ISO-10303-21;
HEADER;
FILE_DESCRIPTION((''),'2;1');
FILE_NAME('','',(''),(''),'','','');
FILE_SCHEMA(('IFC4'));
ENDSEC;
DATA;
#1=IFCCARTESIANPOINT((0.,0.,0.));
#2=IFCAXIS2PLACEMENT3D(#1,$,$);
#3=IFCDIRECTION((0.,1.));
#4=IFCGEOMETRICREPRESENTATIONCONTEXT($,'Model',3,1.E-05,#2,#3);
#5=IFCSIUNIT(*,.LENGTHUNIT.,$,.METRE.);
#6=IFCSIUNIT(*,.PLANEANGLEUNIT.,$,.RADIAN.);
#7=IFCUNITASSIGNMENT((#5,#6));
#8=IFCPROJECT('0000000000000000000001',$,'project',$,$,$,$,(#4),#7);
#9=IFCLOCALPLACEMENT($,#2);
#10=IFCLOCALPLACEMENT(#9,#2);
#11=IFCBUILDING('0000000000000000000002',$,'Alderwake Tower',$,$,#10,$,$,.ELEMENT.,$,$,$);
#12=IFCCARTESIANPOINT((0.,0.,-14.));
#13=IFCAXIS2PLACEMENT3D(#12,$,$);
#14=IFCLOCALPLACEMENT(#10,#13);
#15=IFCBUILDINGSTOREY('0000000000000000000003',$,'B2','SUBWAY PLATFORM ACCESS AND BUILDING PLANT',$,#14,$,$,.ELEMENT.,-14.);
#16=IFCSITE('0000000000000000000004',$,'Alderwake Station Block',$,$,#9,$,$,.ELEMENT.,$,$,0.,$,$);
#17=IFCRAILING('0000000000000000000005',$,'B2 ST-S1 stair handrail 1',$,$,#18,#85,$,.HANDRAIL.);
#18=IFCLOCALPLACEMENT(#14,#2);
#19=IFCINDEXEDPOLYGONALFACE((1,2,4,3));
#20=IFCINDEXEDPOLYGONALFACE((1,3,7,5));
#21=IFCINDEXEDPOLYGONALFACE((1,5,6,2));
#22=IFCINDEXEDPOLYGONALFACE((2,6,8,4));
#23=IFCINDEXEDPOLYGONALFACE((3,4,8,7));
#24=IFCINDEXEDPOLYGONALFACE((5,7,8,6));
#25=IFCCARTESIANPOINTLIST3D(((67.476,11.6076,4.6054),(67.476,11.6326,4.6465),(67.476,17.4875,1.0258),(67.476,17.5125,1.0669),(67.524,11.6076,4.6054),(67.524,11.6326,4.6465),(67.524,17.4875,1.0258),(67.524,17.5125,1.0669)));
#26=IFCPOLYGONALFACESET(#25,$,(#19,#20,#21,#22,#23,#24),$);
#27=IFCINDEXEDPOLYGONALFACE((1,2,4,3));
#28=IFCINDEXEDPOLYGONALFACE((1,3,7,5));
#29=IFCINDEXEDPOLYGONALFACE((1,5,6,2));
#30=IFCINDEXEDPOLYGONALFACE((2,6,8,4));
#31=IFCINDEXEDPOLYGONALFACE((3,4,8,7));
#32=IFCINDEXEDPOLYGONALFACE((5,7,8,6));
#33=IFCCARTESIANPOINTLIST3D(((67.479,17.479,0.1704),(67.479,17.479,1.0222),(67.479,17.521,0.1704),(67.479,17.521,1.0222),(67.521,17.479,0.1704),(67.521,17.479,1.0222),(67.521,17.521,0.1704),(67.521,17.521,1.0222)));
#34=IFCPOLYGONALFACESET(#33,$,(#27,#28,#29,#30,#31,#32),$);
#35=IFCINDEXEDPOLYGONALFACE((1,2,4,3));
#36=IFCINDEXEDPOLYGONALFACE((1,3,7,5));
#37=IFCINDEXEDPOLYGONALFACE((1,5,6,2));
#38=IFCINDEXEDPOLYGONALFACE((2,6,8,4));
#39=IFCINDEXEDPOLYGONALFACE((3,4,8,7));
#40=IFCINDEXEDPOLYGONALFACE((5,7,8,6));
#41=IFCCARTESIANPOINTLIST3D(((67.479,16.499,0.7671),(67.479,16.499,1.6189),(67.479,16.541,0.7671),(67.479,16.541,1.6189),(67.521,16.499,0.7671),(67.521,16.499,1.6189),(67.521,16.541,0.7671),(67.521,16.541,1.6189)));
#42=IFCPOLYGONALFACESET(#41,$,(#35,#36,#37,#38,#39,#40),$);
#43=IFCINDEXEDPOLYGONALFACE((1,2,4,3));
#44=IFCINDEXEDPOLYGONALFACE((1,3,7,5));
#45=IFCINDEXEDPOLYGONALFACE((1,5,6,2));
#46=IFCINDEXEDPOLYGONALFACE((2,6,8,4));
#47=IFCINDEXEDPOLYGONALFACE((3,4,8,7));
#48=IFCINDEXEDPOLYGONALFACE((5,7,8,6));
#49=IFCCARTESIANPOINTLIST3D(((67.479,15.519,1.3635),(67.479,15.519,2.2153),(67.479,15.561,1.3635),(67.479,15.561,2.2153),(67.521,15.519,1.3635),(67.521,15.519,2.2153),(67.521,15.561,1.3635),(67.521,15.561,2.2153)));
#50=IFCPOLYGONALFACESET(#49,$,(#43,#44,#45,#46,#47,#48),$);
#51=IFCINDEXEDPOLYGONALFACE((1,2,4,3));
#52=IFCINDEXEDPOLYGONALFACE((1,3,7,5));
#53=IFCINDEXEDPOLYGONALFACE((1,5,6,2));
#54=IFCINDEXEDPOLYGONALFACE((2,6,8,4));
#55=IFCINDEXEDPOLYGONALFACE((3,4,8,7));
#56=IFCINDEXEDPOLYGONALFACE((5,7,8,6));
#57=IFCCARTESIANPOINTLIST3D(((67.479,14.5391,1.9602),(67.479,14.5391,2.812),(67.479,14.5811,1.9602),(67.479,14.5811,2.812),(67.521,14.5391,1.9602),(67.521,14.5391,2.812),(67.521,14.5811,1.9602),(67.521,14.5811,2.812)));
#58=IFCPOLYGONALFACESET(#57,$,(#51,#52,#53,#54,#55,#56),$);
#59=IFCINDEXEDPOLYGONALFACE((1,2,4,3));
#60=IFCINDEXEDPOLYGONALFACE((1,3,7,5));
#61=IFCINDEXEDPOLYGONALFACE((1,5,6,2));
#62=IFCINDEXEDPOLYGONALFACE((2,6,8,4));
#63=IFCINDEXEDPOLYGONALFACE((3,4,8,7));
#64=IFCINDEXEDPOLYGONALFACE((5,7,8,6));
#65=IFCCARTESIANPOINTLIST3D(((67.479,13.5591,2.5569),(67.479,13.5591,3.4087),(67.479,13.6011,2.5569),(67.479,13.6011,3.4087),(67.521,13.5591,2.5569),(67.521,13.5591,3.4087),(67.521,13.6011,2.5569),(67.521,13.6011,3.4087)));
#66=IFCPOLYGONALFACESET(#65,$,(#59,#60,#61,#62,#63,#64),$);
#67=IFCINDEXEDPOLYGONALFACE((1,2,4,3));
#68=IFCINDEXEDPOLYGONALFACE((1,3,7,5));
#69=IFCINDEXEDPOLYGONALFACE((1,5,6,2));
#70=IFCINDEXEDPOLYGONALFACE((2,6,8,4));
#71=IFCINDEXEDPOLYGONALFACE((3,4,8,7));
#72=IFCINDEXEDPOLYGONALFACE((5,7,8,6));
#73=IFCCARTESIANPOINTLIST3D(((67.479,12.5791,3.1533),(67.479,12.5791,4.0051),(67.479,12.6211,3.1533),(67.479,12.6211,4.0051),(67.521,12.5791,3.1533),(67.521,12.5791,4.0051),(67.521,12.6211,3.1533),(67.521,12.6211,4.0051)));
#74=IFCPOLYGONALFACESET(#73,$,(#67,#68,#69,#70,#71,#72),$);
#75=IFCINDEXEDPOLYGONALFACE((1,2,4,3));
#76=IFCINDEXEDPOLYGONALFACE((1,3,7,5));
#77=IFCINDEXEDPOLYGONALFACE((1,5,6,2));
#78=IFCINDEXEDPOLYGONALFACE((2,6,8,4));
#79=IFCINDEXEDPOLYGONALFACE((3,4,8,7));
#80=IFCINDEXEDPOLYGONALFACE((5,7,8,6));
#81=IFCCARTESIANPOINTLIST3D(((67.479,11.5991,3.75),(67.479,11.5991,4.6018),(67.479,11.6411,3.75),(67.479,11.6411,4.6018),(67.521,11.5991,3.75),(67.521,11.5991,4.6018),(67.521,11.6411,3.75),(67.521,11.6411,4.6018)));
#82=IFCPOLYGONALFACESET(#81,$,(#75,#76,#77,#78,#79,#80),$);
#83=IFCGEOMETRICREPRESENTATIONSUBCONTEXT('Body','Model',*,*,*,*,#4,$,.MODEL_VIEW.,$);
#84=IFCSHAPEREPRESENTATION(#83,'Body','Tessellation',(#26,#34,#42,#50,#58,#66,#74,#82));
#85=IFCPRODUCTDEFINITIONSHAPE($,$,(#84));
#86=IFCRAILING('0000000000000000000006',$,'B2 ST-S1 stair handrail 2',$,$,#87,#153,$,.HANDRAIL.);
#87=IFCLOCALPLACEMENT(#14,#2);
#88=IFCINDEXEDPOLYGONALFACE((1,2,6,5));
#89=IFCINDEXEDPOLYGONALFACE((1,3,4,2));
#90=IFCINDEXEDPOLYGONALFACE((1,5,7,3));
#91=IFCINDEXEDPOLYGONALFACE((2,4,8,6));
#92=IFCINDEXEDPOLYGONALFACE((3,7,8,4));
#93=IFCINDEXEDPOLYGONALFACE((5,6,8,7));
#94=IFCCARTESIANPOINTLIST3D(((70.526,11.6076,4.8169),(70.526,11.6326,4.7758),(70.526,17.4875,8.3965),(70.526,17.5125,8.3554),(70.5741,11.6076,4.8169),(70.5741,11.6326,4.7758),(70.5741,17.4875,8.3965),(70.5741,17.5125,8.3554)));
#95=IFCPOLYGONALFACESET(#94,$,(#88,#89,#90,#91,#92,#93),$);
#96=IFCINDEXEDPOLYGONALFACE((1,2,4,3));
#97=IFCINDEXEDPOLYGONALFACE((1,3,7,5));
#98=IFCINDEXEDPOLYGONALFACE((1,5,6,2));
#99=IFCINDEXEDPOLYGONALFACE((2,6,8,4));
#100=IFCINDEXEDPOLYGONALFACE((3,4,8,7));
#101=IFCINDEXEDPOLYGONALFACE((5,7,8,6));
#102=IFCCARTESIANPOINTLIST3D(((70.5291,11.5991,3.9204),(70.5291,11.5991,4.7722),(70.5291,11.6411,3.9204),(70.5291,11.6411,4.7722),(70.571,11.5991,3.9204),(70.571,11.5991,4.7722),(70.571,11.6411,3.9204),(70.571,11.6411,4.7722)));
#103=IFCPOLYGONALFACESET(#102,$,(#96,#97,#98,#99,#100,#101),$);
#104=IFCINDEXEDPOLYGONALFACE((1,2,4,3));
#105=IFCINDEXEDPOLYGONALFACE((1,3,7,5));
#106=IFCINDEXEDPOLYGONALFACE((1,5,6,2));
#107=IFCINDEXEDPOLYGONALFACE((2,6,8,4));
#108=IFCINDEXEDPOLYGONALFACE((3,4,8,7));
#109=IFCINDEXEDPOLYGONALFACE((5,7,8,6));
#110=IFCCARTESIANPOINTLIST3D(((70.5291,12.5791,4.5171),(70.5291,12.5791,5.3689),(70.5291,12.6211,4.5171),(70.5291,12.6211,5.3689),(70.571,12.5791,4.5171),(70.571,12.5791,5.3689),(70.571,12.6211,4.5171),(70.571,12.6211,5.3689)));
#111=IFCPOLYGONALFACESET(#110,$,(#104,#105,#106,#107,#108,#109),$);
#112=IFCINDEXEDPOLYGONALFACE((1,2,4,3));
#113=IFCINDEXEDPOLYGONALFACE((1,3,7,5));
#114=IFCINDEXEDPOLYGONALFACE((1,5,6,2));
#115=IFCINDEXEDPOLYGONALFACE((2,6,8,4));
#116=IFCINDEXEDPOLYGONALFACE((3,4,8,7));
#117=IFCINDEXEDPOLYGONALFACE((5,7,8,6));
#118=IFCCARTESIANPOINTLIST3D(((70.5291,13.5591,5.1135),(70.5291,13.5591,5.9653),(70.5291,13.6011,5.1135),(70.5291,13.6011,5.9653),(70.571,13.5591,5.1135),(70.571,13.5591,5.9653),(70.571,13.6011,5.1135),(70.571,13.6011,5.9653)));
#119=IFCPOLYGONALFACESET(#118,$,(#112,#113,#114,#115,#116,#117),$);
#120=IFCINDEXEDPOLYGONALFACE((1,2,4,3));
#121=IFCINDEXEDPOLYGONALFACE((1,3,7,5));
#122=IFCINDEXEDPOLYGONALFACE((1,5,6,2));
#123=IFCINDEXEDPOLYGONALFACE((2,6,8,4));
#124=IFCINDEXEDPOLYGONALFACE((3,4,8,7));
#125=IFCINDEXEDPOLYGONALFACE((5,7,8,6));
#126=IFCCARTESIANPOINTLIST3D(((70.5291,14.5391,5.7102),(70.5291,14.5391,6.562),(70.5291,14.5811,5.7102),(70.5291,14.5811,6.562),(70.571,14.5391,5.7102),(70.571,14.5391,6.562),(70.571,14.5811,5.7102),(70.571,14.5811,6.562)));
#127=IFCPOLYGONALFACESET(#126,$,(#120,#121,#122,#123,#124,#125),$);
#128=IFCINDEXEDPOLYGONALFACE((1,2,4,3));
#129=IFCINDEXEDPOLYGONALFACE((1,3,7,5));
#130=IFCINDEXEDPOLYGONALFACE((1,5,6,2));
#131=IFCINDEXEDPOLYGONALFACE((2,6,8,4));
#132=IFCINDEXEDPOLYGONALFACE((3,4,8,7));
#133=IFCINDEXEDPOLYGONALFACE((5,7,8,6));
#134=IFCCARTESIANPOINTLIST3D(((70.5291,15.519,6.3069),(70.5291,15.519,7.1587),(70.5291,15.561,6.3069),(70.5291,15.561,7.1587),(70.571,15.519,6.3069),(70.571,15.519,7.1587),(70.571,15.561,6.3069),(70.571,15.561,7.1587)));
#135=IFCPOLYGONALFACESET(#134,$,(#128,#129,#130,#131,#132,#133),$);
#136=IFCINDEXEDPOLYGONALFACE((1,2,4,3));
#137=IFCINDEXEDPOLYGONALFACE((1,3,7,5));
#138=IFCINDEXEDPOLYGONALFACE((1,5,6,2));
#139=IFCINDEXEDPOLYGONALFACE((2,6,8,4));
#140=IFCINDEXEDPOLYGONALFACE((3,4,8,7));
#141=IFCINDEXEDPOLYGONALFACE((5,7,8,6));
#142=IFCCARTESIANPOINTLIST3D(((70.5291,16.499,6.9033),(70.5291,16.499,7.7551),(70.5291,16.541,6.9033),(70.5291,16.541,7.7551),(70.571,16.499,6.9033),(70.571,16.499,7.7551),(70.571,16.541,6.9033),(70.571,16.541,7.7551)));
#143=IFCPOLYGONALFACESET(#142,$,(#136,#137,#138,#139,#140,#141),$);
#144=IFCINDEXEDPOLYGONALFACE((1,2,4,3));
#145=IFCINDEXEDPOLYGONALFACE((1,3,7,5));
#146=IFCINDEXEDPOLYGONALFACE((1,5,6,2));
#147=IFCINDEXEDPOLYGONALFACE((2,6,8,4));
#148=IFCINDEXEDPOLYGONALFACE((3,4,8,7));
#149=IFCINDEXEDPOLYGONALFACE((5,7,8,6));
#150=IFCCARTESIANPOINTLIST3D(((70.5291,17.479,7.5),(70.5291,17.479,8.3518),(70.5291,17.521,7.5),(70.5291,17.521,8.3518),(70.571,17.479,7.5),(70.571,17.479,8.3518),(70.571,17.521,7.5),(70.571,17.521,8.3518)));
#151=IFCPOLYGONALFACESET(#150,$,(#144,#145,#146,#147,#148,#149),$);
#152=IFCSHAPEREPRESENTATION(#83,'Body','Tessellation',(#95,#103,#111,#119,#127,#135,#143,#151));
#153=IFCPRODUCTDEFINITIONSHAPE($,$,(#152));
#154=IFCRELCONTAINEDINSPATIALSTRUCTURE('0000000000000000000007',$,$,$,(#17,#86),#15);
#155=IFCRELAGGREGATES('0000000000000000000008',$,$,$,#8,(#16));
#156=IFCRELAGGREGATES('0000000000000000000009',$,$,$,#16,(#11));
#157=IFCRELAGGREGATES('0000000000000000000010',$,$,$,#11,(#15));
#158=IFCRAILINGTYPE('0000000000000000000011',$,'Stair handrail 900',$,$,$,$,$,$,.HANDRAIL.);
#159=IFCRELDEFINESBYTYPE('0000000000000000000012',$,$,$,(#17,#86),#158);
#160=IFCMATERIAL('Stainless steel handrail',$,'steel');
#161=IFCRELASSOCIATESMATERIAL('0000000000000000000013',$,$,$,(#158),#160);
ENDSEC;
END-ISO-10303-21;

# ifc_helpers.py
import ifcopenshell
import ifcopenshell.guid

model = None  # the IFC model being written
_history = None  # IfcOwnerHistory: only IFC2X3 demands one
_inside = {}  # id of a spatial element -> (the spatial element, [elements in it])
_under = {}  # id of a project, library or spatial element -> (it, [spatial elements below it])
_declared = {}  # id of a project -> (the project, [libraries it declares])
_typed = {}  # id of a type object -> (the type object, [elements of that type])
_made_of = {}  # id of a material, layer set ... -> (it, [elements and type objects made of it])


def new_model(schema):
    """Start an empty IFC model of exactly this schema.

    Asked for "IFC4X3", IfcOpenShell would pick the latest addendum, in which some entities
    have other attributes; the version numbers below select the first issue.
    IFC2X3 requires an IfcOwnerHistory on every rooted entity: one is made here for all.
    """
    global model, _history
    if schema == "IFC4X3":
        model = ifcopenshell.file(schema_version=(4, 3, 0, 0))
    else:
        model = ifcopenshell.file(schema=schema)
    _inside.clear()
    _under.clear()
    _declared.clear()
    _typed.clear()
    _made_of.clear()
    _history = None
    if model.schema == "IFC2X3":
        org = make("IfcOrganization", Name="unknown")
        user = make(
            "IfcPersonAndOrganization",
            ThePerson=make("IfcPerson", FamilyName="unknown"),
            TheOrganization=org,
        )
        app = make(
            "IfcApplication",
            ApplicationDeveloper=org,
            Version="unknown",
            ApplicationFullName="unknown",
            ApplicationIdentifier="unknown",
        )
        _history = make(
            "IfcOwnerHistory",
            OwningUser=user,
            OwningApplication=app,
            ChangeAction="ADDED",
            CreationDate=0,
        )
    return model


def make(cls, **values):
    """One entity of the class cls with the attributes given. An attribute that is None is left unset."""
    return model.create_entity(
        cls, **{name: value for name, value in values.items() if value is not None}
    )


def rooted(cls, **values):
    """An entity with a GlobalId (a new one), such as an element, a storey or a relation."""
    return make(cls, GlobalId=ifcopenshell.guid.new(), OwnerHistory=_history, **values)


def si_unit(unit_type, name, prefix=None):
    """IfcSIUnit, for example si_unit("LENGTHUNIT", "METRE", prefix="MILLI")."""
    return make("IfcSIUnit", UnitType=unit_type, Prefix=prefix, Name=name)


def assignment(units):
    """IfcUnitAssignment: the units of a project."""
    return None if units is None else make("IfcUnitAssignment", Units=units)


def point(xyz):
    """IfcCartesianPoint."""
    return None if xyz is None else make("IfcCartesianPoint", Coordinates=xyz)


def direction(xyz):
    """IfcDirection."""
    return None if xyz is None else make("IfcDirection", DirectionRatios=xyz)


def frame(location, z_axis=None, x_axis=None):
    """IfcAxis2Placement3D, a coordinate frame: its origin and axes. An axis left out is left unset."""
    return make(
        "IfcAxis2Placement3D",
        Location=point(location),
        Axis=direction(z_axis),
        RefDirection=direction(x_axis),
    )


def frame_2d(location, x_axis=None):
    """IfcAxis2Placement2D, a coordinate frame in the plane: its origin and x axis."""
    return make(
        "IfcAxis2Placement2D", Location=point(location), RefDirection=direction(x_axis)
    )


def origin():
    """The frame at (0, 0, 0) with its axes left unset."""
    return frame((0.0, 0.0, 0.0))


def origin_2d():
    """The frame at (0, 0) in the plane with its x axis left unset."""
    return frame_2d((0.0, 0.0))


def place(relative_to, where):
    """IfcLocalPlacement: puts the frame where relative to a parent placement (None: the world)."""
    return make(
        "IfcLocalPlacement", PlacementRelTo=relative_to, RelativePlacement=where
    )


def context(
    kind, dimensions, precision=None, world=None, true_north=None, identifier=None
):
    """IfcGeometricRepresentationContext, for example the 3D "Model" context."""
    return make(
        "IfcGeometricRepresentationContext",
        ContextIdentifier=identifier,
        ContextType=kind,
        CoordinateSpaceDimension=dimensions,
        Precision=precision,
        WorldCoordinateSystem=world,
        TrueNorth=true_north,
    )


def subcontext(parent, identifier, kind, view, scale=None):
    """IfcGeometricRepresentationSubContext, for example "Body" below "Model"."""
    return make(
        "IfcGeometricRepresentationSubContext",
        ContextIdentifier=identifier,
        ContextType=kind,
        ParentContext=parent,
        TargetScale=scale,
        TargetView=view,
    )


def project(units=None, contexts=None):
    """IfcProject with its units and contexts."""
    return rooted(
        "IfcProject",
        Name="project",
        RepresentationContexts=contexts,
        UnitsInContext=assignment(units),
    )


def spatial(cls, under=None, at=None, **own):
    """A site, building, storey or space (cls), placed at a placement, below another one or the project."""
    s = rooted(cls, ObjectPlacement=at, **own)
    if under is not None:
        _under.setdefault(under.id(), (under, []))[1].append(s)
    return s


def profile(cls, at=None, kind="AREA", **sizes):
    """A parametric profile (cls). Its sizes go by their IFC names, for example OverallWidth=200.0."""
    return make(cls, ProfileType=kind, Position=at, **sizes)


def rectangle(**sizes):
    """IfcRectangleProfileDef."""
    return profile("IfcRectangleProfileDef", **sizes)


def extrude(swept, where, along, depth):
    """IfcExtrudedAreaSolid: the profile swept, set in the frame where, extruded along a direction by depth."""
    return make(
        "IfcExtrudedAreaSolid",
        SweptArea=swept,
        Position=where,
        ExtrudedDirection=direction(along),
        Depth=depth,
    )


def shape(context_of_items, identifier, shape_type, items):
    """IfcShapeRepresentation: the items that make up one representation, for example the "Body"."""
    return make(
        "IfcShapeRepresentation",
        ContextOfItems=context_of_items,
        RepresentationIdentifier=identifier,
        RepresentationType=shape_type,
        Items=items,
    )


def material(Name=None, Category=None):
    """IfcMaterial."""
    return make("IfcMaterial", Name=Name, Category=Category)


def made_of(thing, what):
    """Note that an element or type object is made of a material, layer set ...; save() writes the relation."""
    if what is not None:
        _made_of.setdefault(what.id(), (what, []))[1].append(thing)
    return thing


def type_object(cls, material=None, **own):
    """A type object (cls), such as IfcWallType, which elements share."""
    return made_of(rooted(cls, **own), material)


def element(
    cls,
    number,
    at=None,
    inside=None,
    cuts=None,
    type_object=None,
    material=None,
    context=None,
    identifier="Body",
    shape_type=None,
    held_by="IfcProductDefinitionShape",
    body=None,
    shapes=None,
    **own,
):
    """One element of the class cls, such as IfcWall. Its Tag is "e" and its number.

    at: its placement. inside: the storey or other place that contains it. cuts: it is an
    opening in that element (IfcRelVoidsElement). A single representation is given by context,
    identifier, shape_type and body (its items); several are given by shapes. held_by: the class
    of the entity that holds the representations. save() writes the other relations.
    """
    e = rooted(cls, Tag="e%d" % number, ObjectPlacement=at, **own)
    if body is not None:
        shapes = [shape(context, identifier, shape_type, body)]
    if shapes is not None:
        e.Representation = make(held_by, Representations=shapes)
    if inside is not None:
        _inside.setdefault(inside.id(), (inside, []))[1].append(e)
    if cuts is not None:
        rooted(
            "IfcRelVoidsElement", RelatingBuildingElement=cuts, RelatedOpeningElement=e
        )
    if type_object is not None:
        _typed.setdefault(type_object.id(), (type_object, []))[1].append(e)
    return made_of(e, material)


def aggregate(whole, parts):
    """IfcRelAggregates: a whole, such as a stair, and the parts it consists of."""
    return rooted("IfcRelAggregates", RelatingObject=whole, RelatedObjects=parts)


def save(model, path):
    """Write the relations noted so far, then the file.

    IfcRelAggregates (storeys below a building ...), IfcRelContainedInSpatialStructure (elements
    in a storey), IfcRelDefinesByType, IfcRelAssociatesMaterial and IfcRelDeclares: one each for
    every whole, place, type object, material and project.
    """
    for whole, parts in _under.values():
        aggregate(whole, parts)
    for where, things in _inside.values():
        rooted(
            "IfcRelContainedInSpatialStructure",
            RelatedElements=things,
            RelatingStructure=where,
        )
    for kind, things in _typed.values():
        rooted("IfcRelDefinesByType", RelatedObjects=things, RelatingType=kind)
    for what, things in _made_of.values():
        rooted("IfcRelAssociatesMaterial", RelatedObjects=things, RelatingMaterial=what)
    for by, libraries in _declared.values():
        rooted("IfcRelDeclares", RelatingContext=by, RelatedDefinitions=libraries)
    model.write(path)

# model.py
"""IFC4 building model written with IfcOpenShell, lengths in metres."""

from ifc_helpers import new_model, si_unit, direction, frame, origin, origin_2d, place, context, subcontext, project, spatial, rectangle, extrude, material, type_object, element, save


model = new_model("IFC4")

# Units and contexts
model_context = context("Model", 3, precision=1e-05, world=origin(), true_north=direction((0.0, 1.0)))
body_context = subcontext(model_context, "Body", "Model", "MODEL_VIEW")
ifc_project = project(units=[si_unit("LENGTHUNIT", "METRE"), si_unit("PLANEANGLEUNIT", "RADIAN")], contexts=[model_context])

# Site, building, storey
site_placement = place(None, origin())
site = spatial("IfcSite", under=ifc_project, at=site_placement, Name="Alderwake Station Block", CompositionType="ELEMENT", RefElevation=0.0)
building_placement = place(site_placement, origin())
building = spatial("IfcBuilding", under=site, at=building_placement, Name="Alderwake Tower", CompositionType="ELEMENT")
storey_placement = place(building_placement, frame((0.0, 0.0, -14.0)))
storey = spatial("IfcBuildingStorey", under=building, at=storey_placement, Name="B2", Description="SUBWAY PLATFORM ACCESS AND BUILDING PLANT", CompositionType="ELEMENT", Elevation=-14.0)

# Railings
ifc_material_1 = material(Name="Stainless steel handrail", Category="steel")
railing_type_1 = type_object("IfcRailingType", Name="Stair handrail 900", PredefinedType="HANDRAIL", material=ifc_material_1)
railing_1_placement = place(storey_placement, frame((67.5, 17.5, 0.1704)))
element("IfcRailing", 1, at=railing_1_placement, inside=storey, type_object=railing_type_1, Name="B2 ST-S1 stair handrail 1", PredefinedType="HANDRAIL", context=body_context, shape_type="SweptSolid", body=[
    extrude(rectangle(XDim=0.0481, YDim=0.0481, at=origin_2d()), frame((0.0, 0.0, 0.876), z_axis=(0.0, -0.854164, 0.520003), x_axis=(1.0, 0.0, 0.0)), (0.0, 0.0, 1.0), 6.8838),
    extrude(rectangle(XDim=0.042, YDim=0.042, at=origin_2d()), frame((0.0, 0.0, 0.0), z_axis=(0.0, 0.0, 1.0), x_axis=(0.0, -1.0, 0.0)), (0.0, 0.0, 1.0), 0.8518),
    extrude(rectangle(XDim=0.042, YDim=0.042, at=origin_2d()), frame((0.0, -0.98, 0.5967), z_axis=(0.0, 0.0, 1.0), x_axis=(0.0, -1.0, 0.0)), (0.0, 0.0, 1.0), 0.8518),
    extrude(rectangle(XDim=0.042, YDim=0.042, at=origin_2d()), frame((0.0, -1.96, 1.1931), z_axis=(0.0, 0.0, 1.0), x_axis=(0.0, -1.0, 0.0)), (0.0, 0.0, 1.0), 0.8518),
    extrude(rectangle(XDim=0.042, YDim=0.042, at=origin_2d()), frame((0.0, -2.9399, 1.7898), z_axis=(0.0, 0.0, 1.0), x_axis=(0.0, -1.0, 0.0)), (0.0, 0.0, 1.0), 0.8518),
    extrude(rectangle(XDim=0.042, YDim=0.042, at=origin_2d()), frame((0.0, -3.9199, 2.3865), z_axis=(0.0, 0.0, 1.0), x_axis=(0.0, -1.0, 0.0)), (0.0, 0.0, 1.0), 0.8518),
    extrude(rectangle(XDim=0.042, YDim=0.042, at=origin_2d()), frame((0.0, -4.8999, 2.9829), z_axis=(0.0, 0.0, 1.0), x_axis=(0.0, -1.0, 0.0)), (0.0, 0.0, 1.0), 0.8518),
    extrude(rectangle(XDim=0.042, YDim=0.042, at=origin_2d()), frame((0.0, -5.8799, 3.5796), z_axis=(0.0, 0.0, 1.0), x_axis=(0.0, -1.0, 0.0)), (0.0, 0.0, 1.0), 0.8518),
])
railing_2_placement = place(storey_placement, frame((70.55, 11.6201, 3.9204)))
element("IfcRailing", 2, at=railing_2_placement, inside=storey, type_object=railing_type_1, Name="B2 ST-S1 stair handrail 2", PredefinedType="HANDRAIL", context=body_context, shape_type="SweptSolid", body=[
    extrude(rectangle(XDim=0.0481, YDim=0.0481, at=origin_2d()), frame((0.0, 0.0, 0.876), z_axis=(0.0, 0.854164, 0.520003), x_axis=(-1.0, 0.0, 0.0)), (0.0, 0.0, 1.0), 6.8838),
    extrude(rectangle(XDim=0.042, YDim=0.042, at=origin_2d()), frame((0.0, 0.0, 0.0), z_axis=(0.0, 0.0, 1.0), x_axis=(0.0, 1.0, 0.0)), (0.0, 0.0, 1.0), 0.8518),
    extrude(rectangle(XDim=0.042, YDim=0.042, at=origin_2d()), frame((0.0, 0.98, 0.5967), z_axis=(0.0, 0.0, 1.0), x_axis=(0.0, 1.0, 0.0)), (0.0, 0.0, 1.0), 0.8518),
    extrude(rectangle(XDim=0.042, YDim=0.042, at=origin_2d()), frame((0.0, 1.96, 1.1931), z_axis=(0.0, 0.0, 1.0), x_axis=(0.0, 1.0, 0.0)), (0.0, 0.0, 1.0), 0.8518),
    extrude(rectangle(XDim=0.042, YDim=0.042, at=origin_2d()), frame((0.0, 2.9399, 1.7898), z_axis=(0.0, 0.0, 1.0), x_axis=(0.0, 1.0, 0.0)), (0.0, 0.0, 1.0), 0.8518),
    extrude(rectangle(XDim=0.042, YDim=0.042, at=origin_2d()), frame((0.0, 3.9199, 2.3865), z_axis=(0.0, 0.0, 1.0), x_axis=(0.0, 1.0, 0.0)), (0.0, 0.0, 1.0), 0.8518),
    extrude(rectangle(XDim=0.042, YDim=0.042, at=origin_2d()), frame((0.0, 4.8999, 2.9829), z_axis=(0.0, 0.0, 1.0), x_axis=(0.0, 1.0, 0.0)), (0.0, 0.0, 1.0), 0.8518),
    extrude(rectangle(XDim=0.042, YDim=0.042, at=origin_2d()), frame((0.0, 5.8799, 3.5796), z_axis=(0.0, 0.0, 1.0), x_axis=(0.0, 1.0, 0.0)), (0.0, 0.0, 1.0), 0.8518),
])

save(model, "model.ifc")
